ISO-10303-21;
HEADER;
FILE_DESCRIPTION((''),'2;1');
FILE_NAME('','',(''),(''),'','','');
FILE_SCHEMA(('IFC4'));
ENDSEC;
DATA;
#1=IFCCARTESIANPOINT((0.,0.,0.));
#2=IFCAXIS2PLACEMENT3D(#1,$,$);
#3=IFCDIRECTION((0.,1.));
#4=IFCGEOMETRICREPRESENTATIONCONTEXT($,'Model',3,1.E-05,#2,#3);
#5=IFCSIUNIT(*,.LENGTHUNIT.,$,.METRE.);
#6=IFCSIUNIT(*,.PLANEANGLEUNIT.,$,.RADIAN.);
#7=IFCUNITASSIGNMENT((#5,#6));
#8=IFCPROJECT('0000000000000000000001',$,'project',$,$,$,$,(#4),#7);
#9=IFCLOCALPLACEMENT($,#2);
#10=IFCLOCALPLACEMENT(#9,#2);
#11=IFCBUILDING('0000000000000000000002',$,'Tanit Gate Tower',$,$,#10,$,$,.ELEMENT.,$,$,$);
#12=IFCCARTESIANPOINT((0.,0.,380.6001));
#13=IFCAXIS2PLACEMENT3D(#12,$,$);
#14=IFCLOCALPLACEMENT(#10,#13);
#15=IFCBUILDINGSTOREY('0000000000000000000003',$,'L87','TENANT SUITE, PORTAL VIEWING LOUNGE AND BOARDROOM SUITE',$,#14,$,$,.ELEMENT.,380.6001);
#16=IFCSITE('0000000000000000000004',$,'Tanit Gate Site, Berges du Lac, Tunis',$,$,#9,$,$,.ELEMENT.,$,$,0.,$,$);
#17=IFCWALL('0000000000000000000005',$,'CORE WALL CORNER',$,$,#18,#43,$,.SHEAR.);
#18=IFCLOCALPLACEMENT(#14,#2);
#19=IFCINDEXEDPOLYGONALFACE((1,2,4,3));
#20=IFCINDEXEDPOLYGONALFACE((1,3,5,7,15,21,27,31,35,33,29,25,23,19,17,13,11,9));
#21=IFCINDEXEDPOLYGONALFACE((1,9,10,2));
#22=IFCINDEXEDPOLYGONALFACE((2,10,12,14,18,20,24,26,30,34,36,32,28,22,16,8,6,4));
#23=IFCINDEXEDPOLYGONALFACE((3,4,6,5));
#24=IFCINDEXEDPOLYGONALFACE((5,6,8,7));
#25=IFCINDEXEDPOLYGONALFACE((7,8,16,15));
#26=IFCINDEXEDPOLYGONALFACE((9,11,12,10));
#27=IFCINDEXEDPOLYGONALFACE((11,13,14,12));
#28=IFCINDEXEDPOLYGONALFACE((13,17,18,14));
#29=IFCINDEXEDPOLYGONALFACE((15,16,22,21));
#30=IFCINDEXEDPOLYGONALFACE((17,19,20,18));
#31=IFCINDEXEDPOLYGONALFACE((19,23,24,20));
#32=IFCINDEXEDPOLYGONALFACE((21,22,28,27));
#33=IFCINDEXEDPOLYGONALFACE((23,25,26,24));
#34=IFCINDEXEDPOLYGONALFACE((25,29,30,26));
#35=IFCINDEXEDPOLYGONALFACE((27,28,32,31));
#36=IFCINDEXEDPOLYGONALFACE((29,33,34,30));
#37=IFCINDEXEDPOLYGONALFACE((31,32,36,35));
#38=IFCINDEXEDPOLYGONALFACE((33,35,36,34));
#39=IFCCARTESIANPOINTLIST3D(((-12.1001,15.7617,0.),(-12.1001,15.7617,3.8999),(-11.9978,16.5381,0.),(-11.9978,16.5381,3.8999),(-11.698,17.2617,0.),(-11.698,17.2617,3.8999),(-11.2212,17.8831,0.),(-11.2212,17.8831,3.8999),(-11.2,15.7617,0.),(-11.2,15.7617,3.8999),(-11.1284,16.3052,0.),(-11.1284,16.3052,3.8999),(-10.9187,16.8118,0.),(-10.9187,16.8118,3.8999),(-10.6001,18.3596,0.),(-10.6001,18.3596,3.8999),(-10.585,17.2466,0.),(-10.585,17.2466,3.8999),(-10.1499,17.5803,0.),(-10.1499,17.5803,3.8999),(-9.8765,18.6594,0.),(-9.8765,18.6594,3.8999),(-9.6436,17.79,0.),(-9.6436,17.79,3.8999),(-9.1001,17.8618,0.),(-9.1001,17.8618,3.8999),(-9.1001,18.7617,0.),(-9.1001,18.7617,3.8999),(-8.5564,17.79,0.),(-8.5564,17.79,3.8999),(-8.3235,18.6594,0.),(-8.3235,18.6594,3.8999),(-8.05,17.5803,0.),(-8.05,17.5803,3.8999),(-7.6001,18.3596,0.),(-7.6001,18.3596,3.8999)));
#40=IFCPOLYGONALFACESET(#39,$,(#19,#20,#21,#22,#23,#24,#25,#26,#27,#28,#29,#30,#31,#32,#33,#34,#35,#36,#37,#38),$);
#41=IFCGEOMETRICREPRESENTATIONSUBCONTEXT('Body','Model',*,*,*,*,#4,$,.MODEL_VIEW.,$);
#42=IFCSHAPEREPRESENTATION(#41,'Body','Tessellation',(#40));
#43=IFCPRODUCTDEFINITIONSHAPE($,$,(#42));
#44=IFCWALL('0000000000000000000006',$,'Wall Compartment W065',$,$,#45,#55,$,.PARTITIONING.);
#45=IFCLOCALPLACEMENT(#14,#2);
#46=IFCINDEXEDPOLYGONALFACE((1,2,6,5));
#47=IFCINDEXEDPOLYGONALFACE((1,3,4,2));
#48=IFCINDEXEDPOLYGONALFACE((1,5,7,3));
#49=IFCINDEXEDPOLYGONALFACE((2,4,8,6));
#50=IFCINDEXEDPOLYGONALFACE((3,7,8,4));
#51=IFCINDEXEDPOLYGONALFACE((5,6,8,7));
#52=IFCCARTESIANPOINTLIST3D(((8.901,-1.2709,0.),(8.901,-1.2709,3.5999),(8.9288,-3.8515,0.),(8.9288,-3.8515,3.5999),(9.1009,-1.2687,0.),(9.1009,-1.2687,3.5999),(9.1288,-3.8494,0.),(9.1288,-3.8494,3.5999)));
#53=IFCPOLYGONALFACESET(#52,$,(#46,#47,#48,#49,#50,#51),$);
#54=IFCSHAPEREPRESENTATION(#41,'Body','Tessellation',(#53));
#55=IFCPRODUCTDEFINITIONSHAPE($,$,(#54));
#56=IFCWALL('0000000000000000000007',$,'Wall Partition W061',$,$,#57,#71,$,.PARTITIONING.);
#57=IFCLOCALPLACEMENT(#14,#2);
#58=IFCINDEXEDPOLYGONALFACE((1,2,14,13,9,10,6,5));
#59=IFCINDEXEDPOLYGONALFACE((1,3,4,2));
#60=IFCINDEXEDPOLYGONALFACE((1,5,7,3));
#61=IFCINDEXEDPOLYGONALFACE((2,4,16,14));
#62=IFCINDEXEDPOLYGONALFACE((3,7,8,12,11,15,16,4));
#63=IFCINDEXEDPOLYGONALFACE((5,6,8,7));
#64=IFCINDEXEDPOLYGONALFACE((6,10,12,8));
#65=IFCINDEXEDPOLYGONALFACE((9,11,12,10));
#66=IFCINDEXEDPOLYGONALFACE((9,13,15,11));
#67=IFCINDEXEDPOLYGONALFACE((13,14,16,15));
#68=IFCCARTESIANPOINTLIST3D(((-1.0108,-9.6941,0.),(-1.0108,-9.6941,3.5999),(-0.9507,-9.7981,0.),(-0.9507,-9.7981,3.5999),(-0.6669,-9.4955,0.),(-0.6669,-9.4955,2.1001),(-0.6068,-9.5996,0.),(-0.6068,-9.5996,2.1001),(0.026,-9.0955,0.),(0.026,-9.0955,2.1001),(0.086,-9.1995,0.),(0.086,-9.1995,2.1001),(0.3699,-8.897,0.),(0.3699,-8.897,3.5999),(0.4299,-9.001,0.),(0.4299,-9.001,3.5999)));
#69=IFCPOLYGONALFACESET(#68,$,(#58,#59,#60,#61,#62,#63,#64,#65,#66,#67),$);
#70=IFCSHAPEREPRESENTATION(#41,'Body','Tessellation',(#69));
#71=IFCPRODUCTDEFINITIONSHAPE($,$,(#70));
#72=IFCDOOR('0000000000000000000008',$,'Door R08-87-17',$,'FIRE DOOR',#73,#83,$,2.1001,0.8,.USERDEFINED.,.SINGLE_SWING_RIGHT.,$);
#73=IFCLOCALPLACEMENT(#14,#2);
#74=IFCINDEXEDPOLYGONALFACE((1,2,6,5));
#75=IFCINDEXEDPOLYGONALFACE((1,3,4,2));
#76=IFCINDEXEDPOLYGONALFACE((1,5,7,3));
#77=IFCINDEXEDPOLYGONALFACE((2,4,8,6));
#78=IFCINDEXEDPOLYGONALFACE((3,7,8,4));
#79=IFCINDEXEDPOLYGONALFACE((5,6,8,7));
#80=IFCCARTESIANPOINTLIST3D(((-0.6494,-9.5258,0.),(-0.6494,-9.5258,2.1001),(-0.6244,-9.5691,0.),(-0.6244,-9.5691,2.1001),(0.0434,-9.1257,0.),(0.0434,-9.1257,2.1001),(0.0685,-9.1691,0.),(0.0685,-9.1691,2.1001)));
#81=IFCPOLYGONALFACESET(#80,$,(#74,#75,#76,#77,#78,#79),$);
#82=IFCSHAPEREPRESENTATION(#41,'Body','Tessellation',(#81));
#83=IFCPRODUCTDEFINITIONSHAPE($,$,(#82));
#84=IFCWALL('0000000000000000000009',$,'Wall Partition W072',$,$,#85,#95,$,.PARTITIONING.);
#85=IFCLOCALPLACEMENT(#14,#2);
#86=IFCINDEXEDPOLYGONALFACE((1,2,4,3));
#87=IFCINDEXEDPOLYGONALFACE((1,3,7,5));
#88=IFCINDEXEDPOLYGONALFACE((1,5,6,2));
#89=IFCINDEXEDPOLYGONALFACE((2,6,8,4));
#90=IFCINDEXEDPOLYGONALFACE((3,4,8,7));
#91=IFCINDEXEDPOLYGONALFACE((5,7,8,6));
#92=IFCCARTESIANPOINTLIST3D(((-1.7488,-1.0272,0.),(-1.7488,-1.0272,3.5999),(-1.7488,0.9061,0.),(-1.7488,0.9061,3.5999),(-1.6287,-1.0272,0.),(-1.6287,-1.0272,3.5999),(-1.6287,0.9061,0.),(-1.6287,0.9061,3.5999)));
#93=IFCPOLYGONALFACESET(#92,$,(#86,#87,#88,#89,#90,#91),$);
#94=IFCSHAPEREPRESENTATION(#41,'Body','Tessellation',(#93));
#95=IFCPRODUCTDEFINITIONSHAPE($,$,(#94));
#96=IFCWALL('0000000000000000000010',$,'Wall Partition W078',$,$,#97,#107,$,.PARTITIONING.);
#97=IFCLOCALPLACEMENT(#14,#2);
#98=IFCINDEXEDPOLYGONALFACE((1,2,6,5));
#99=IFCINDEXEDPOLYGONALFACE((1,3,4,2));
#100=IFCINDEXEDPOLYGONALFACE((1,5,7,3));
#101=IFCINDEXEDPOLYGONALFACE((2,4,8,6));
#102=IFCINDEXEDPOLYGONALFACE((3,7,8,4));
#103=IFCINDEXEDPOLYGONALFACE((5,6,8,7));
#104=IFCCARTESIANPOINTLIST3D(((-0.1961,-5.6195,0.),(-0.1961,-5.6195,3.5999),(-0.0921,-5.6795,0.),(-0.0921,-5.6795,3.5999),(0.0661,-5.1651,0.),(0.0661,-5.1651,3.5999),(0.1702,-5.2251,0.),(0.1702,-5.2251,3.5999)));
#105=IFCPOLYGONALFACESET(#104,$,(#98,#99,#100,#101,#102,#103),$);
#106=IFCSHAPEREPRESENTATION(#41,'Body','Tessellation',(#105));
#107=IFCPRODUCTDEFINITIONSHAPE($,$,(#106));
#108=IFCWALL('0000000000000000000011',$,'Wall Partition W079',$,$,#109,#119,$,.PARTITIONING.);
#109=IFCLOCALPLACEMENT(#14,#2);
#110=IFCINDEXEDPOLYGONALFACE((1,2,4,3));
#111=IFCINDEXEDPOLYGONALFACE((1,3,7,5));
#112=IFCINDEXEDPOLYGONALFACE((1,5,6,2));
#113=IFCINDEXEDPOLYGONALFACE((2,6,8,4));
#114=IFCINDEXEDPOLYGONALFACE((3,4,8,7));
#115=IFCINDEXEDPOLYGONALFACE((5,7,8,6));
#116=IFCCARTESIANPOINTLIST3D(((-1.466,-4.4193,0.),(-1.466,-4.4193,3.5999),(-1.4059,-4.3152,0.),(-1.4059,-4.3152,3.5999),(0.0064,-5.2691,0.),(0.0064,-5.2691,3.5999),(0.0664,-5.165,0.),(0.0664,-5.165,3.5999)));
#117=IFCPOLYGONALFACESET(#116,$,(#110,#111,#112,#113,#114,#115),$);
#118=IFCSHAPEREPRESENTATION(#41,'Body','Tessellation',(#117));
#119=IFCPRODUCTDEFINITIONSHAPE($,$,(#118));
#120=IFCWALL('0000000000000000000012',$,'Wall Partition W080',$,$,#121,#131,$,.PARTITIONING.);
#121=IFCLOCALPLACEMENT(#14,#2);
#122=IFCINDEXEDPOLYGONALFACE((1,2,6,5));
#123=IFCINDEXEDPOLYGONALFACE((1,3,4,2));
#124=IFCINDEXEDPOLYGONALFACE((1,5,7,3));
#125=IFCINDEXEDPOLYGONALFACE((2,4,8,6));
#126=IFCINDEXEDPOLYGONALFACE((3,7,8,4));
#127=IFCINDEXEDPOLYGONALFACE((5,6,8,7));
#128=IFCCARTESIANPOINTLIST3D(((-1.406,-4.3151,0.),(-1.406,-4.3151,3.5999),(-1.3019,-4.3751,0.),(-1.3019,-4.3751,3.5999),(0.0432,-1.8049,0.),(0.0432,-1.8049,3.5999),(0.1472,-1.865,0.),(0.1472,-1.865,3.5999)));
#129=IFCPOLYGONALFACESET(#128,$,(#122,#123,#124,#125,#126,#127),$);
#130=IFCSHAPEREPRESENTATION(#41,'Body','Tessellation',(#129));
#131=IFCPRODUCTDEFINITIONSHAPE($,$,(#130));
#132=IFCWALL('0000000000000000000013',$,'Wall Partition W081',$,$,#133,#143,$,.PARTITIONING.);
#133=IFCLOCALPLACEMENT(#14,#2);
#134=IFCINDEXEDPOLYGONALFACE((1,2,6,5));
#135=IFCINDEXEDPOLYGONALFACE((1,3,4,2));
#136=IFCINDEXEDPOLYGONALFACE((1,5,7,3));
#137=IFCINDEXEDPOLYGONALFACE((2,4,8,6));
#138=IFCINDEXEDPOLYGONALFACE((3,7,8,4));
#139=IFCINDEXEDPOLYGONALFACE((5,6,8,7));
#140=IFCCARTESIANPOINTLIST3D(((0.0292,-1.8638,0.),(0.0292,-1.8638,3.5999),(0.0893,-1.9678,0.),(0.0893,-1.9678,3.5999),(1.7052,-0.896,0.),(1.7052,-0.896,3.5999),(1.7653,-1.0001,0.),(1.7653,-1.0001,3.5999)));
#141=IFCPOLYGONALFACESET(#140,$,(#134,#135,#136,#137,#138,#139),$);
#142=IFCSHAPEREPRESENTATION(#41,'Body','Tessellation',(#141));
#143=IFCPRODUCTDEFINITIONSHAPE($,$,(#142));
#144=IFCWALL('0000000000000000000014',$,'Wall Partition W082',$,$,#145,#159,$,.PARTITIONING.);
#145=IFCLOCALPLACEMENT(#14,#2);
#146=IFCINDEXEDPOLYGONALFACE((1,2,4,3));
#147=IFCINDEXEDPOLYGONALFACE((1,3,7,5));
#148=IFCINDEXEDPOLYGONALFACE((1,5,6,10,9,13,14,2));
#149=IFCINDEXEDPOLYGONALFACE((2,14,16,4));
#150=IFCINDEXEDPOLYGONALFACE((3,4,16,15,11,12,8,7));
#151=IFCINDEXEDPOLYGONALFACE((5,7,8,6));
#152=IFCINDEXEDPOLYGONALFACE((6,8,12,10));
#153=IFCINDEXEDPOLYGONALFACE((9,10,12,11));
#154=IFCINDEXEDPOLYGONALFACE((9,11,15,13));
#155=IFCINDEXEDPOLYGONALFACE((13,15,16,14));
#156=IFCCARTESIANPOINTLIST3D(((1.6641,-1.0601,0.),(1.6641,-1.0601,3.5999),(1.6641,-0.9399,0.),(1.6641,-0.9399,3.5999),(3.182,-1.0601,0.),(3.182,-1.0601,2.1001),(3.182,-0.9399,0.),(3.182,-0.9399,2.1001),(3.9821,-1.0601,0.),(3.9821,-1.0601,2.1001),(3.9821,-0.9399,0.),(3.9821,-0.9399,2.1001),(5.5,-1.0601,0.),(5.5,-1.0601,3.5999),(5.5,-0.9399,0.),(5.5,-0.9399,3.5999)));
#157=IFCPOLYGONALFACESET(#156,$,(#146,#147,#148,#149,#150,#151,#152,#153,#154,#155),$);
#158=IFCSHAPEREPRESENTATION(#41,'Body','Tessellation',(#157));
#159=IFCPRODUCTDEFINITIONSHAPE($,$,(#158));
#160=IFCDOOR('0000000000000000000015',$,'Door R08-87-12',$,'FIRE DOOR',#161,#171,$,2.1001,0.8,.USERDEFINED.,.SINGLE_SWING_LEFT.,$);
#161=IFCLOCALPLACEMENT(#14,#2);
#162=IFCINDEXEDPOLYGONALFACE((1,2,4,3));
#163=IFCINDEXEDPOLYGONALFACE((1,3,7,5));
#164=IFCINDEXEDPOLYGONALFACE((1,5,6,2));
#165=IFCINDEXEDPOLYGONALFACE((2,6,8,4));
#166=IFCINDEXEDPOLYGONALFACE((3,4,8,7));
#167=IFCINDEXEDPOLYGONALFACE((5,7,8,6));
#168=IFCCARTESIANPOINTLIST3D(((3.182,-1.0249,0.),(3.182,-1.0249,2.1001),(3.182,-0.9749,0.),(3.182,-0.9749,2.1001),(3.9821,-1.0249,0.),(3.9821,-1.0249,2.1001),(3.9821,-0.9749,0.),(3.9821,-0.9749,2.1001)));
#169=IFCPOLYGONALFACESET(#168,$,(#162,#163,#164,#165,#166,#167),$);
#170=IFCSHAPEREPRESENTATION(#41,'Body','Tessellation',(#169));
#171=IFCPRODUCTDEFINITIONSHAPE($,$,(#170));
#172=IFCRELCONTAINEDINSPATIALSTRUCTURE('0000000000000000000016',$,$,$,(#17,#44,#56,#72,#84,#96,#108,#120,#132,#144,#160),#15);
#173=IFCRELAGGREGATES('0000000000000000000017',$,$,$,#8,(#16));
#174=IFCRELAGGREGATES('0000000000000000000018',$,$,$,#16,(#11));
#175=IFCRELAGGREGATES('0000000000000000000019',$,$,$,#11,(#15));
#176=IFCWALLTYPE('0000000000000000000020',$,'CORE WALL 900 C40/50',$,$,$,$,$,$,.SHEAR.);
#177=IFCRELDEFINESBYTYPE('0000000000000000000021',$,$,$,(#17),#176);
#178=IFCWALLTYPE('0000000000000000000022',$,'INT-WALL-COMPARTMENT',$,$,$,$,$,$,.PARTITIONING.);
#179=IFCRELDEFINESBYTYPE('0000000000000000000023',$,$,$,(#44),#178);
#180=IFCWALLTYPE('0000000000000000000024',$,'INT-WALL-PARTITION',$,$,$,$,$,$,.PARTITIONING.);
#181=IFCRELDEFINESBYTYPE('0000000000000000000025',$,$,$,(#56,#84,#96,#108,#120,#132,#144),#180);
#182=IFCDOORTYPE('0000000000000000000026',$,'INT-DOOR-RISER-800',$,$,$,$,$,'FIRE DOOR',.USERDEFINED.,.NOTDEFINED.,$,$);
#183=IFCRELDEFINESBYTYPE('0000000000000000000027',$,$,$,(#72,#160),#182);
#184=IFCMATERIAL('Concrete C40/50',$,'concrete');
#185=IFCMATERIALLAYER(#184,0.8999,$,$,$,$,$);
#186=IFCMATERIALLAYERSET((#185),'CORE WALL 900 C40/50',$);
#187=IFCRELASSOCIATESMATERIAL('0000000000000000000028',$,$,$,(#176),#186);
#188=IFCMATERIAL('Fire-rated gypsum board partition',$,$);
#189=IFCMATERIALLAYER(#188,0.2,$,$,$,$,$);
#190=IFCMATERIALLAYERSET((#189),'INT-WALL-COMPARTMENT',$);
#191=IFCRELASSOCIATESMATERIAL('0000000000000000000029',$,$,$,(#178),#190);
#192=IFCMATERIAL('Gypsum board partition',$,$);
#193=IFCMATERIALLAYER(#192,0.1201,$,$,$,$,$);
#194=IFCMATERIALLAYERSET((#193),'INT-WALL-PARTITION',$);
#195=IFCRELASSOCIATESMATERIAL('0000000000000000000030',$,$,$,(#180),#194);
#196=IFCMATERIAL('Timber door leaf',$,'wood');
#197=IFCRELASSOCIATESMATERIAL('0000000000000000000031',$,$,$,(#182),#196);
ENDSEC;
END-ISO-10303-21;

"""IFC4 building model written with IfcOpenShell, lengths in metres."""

from ifc_helpers import new_model, si_unit, direction, frame, frame_2d, origin, place, context, subcontext, project, spatial, polyline, rectangle, outline, extrude, material, layer, layer_set, type_object, element, fill, save


model = new_model("IFC4")

# Units and contexts
model_context = context("Model", 3, precision=1e-05, world=origin(), true_north=direction((0.0, 1.0)))
body_context = subcontext(model_context, "Body", "Model", "MODEL_VIEW")
ifc_project = project(units=[si_unit("LENGTHUNIT", "METRE"), si_unit("PLANEANGLEUNIT", "RADIAN")], contexts=[model_context])

# Site, building, storey
site_placement = place(None, origin())
site = spatial("IfcSite", under=ifc_project, at=site_placement, Name="Tanit Gate Site, Berges du Lac, Tunis", CompositionType="ELEMENT", RefElevation=0.0)
building_placement = place(site_placement, origin())
building = spatial("IfcBuilding", under=site, at=building_placement, Name="Tanit Gate Tower", CompositionType="ELEMENT")
storey_placement = place(building_placement, frame((0.0, 0.0, 380.6001)))
storey = spatial("IfcBuildingStorey", under=building, at=storey_placement, Name="L87", Description="TENANT SUITE, PORTAL VIEWING LOUNGE AND BOARDROOM SUITE", CompositionType="ELEMENT", Elevation=380.6001)

# Walls
ifc_material_1 = material(Name="Concrete C40/50", Category="concrete")
ifc_layer_1 = layer(ifc_material_1, 0.8999)
ifc_layer_set_1 = layer_set([ifc_layer_1], Name="CORE WALL 900 C40/50")
wall_type_1 = type_object("IfcWallType", Name="CORE WALL 900 C40/50", PredefinedType="SHEAR", material=ifc_layer_set_1)
wall_1_placement = place(storey_placement, origin())
element("IfcWall", 1, at=wall_1_placement, inside=storey, type_object=wall_type_1, Name="CORE WALL CORNER", PredefinedType="SHEAR", context=body_context, shape_type="SweptSolid", body=[
    extrude(outline(polyline([(-7.6001, 18.3596), (-8.3235, 18.6594), (-9.1001, 18.7617), (-9.8765, 18.6594), (-10.6001, 18.3596), (-11.2212, 17.8831), (-11.698, 17.2617), (-11.9978, 16.5381), (-12.1001, 15.7617), (-11.2, 15.7617), (-11.1284, 16.3052), (-10.9187, 16.8118), (-10.585, 17.2466), (-10.1499, 17.5803), (-9.6436, 17.79), (-9.1001, 17.8618), (-8.5564, 17.79), (-8.05, 17.5803), (-7.6001, 18.3596)])), origin(), (0.0, 0.0, 1.0), 3.8999),
])
ifc_material_2 = material(Name="Fire-rated gypsum board partition")
ifc_layer_2 = layer(ifc_material_2, 0.2)
ifc_layer_set_2 = layer_set([ifc_layer_2], Name="INT-WALL-COMPARTMENT")
wall_type_2 = type_object("IfcWallType", Name="INT-WALL-COMPARTMENT", PredefinedType="PARTITIONING", material=ifc_layer_set_2)
wall_2_placement = place(storey_placement, frame((9.0288, -3.8506, 0.0), z_axis=(0.0, 0.0, 1.0), x_axis=(-0.010785, 0.999942, 0.0)))
element("IfcWall", 2, at=wall_2_placement, inside=storey, type_object=wall_type_2, Name="Wall Compartment W065", PredefinedType="PARTITIONING", context=body_context, shape_type="SweptSolid", body=[
    extrude(rectangle(XDim=2.5808, YDim=0.2, at=frame_2d((1.2905, 0.0))), origin(), (0.0, 0.0, 1.0), 3.5999),
])

# Wall, opening, door
ifc_material_3 = material(Name="Gypsum board partition")
ifc_layer_3 = layer(ifc_material_3, 0.1201)
ifc_layer_set_3 = layer_set([ifc_layer_3], Name="INT-WALL-PARTITION")
wall_type_3 = type_object("IfcWallType", Name="INT-WALL-PARTITION", PredefinedType="PARTITIONING", material=ifc_layer_set_3)
wall_3_placement = place(storey_placement, frame((0.3999, -8.949, 0.0), z_axis=(0.0, 0.0, 1.0), x_axis=(-0.86602, -0.50001, 0.0)))
wall_3 = element("IfcWall", 3, at=wall_3_placement, inside=storey, type_object=wall_type_3, Name="Wall Partition W061", PredefinedType="PARTITIONING", context=body_context, shape_type="SweptSolid", body=[
    extrude(rectangle(XDim=1.5942, YDim=0.1201, at=frame_2d((0.7971, 0.0))), origin(), (0.0, 0.0, 1.0), 3.5999),
])
opening_1_placement = place(wall_3_placement, frame((0.3972, 0.0, 0.0)))
opening_1 = element("IfcOpeningElement", 4, at=opening_1_placement, cuts=wall_3, PredefinedType="OPENING", context=body_context, shape_type="SweptSolid", body=[
    extrude(rectangle(XDim=0.8, YDim=2.1001, at=frame_2d((0.3999, 1.05))), frame((0.0, 0.0701, 0.0), z_axis=(0.0, -1.0, 0.0), x_axis=(1.0, 0.0, 0.0)), (0.0, 0.0, 1.0), 0.1401),
])
ifc_material_4 = material(Name="Timber door leaf", Category="wood")
door_type = type_object("IfcDoorType", Name="INT-DOOR-RISER-800", ElementType="FIRE DOOR", OperationType="NOTDEFINED", PredefinedType="USERDEFINED", material=ifc_material_4)
door_1_placement = place(opening_1_placement, origin())
door_1 = element("IfcDoor", 5, at=door_1_placement, inside=storey, type_object=door_type, Name="Door R08-87-17", ObjectType="FIRE DOOR", OperationType="SINGLE_SWING_RIGHT", OverallHeight=2.1001, OverallWidth=0.8, PredefinedType="USERDEFINED", context=body_context, shape_type="SweptSolid", body=[
    extrude(rectangle(XDim=0.8, YDim=2.1001, at=frame_2d((0.3999, 1.05))), frame((0.0, 0.0249, 0.0), z_axis=(0.0, -1.0, 0.0), x_axis=(1.0, 0.0, 0.0)), (0.0, 0.0, 1.0), 0.05),
])
fill(opening_1, door_1)

# Walls
wall_4_placement = place(storey_placement, frame((-1.6887, -1.0273, 0.0), z_axis=(0.0, 0.0, 1.0), x_axis=(0.0, 1.0, 0.0)))
element("IfcWall", 6, at=wall_4_placement, inside=storey, type_object=wall_type_3, Name="Wall Partition W072", PredefinedType="PARTITIONING", context=body_context, shape_type="SweptSolid", body=[
    extrude(rectangle(XDim=1.9333, YDim=0.1201, at=frame_2d((0.9668, 0.0))), origin(), (0.0, 0.0, 1.0), 3.5999),
])
wall_5_placement = place(storey_placement, frame((-0.144, -5.6494, 0.0), z_axis=(0.0, 0.0, 1.0), x_axis=(0.499843, 0.866116, 0.0)))
element("IfcWall", 7, at=wall_5_placement, inside=storey, type_object=wall_type_3, Name="Wall Partition W078", PredefinedType="PARTITIONING", context=body_context, shape_type="SweptSolid", body=[
    extrude(rectangle(XDim=0.5247, YDim=0.1201, at=frame_2d((0.2622, 0.0))), origin(), (0.0, 0.0, 1.0), 3.5999),
])
wall_6_placement = place(storey_placement, frame((-1.436, -4.3672, 0.0), z_axis=(0.0, 0.0, 1.0), x_axis=(0.866088, -0.499892, 0.0)))
element("IfcWall", 8, at=wall_6_placement, inside=storey, type_object=wall_type_3, Name="Wall Partition W079", PredefinedType="PARTITIONING", context=body_context, shape_type="SweptSolid", body=[
    extrude(rectangle(XDim=1.7, YDim=0.1201, at=frame_2d((0.8501, 0.0))), origin(), (0.0, 0.0, 1.0), 3.5999),
])
wall_7_placement = place(storey_placement, frame((0.0952, -1.835, 0.0), z_axis=(0.0, 0.0, 1.0), x_axis=(-0.49998, -0.866037, 0.0)))
element("IfcWall", 9, at=wall_7_placement, inside=storey, type_object=wall_type_3, Name="Wall Partition W080", PredefinedType="PARTITIONING", context=body_context, shape_type="SweptSolid", body=[
    extrude(rectangle(XDim=2.8984, YDim=0.1201, at=frame_2d((1.4492, 0.0))), origin(), (0.0, 0.0, 1.0), 3.5999),
])
wall_8_placement = place(storey_placement, frame((1.7354, -0.948, 0.0), z_axis=(0.0, 0.0, 1.0), x_axis=(-0.865999, -0.500046, 0.0)))
element("IfcWall", 10, at=wall_8_placement, inside=storey, type_object=wall_type_3, Name="Wall Partition W081", PredefinedType="PARTITIONING", context=body_context, shape_type="SweptSolid", body=[
    extrude(rectangle(XDim=1.9353, YDim=0.1201, at=frame_2d((0.9678, 0.0))), origin(), (0.0, 0.0, 1.0), 3.5999),
])

# Wall, opening, door
wall_9_placement = place(storey_placement, frame((5.5, -1.0, 0.0), z_axis=(0.0, 0.0, 1.0), x_axis=(-1.0, 0.0, 0.0)))
wall_9 = element("IfcWall", 11, at=wall_9_placement, inside=storey, type_object=wall_type_3, Name="Wall Partition W082", PredefinedType="PARTITIONING", context=body_context, shape_type="SweptSolid", body=[
    extrude(rectangle(XDim=3.8359, YDim=0.1201, at=frame_2d((1.918, 0.0))), origin(), (0.0, 0.0, 1.0), 3.5999),
])
opening_2_placement = place(wall_9_placement, frame((1.5181, 0.0, 0.0)))
opening_2 = element("IfcOpeningElement", 12, at=opening_2_placement, cuts=wall_9, PredefinedType="OPENING", context=body_context, shape_type="SweptSolid", body=[
    extrude(rectangle(XDim=0.8, YDim=2.1001, at=frame_2d((0.3999, 1.05))), frame((0.0, 0.0701, 0.0), z_axis=(0.0, -1.0, 0.0), x_axis=(1.0, 0.0, 0.0)), (0.0, 0.0, 1.0), 0.1401),
])
door_2_placement = place(opening_2_placement, origin())
door_2 = element("IfcDoor", 13, at=door_2_placement, inside=storey, type_object=door_type, Name="Door R08-87-12", ObjectType="FIRE DOOR", OperationType="SINGLE_SWING_LEFT", OverallHeight=2.1001, OverallWidth=0.8, PredefinedType="USERDEFINED", context=body_context, shape_type="SweptSolid", body=[
    extrude(rectangle(XDim=0.8, YDim=2.1001, at=frame_2d((0.3999, 1.05))), frame((0.0, 0.0249, 0.0), z_axis=(0.0, -1.0, 0.0), x_axis=(1.0, 0.0, 0.0)), (0.0, 0.0, 1.0), 0.05),
])
fill(opening_2, door_2)

save(model, "model.ifc")
